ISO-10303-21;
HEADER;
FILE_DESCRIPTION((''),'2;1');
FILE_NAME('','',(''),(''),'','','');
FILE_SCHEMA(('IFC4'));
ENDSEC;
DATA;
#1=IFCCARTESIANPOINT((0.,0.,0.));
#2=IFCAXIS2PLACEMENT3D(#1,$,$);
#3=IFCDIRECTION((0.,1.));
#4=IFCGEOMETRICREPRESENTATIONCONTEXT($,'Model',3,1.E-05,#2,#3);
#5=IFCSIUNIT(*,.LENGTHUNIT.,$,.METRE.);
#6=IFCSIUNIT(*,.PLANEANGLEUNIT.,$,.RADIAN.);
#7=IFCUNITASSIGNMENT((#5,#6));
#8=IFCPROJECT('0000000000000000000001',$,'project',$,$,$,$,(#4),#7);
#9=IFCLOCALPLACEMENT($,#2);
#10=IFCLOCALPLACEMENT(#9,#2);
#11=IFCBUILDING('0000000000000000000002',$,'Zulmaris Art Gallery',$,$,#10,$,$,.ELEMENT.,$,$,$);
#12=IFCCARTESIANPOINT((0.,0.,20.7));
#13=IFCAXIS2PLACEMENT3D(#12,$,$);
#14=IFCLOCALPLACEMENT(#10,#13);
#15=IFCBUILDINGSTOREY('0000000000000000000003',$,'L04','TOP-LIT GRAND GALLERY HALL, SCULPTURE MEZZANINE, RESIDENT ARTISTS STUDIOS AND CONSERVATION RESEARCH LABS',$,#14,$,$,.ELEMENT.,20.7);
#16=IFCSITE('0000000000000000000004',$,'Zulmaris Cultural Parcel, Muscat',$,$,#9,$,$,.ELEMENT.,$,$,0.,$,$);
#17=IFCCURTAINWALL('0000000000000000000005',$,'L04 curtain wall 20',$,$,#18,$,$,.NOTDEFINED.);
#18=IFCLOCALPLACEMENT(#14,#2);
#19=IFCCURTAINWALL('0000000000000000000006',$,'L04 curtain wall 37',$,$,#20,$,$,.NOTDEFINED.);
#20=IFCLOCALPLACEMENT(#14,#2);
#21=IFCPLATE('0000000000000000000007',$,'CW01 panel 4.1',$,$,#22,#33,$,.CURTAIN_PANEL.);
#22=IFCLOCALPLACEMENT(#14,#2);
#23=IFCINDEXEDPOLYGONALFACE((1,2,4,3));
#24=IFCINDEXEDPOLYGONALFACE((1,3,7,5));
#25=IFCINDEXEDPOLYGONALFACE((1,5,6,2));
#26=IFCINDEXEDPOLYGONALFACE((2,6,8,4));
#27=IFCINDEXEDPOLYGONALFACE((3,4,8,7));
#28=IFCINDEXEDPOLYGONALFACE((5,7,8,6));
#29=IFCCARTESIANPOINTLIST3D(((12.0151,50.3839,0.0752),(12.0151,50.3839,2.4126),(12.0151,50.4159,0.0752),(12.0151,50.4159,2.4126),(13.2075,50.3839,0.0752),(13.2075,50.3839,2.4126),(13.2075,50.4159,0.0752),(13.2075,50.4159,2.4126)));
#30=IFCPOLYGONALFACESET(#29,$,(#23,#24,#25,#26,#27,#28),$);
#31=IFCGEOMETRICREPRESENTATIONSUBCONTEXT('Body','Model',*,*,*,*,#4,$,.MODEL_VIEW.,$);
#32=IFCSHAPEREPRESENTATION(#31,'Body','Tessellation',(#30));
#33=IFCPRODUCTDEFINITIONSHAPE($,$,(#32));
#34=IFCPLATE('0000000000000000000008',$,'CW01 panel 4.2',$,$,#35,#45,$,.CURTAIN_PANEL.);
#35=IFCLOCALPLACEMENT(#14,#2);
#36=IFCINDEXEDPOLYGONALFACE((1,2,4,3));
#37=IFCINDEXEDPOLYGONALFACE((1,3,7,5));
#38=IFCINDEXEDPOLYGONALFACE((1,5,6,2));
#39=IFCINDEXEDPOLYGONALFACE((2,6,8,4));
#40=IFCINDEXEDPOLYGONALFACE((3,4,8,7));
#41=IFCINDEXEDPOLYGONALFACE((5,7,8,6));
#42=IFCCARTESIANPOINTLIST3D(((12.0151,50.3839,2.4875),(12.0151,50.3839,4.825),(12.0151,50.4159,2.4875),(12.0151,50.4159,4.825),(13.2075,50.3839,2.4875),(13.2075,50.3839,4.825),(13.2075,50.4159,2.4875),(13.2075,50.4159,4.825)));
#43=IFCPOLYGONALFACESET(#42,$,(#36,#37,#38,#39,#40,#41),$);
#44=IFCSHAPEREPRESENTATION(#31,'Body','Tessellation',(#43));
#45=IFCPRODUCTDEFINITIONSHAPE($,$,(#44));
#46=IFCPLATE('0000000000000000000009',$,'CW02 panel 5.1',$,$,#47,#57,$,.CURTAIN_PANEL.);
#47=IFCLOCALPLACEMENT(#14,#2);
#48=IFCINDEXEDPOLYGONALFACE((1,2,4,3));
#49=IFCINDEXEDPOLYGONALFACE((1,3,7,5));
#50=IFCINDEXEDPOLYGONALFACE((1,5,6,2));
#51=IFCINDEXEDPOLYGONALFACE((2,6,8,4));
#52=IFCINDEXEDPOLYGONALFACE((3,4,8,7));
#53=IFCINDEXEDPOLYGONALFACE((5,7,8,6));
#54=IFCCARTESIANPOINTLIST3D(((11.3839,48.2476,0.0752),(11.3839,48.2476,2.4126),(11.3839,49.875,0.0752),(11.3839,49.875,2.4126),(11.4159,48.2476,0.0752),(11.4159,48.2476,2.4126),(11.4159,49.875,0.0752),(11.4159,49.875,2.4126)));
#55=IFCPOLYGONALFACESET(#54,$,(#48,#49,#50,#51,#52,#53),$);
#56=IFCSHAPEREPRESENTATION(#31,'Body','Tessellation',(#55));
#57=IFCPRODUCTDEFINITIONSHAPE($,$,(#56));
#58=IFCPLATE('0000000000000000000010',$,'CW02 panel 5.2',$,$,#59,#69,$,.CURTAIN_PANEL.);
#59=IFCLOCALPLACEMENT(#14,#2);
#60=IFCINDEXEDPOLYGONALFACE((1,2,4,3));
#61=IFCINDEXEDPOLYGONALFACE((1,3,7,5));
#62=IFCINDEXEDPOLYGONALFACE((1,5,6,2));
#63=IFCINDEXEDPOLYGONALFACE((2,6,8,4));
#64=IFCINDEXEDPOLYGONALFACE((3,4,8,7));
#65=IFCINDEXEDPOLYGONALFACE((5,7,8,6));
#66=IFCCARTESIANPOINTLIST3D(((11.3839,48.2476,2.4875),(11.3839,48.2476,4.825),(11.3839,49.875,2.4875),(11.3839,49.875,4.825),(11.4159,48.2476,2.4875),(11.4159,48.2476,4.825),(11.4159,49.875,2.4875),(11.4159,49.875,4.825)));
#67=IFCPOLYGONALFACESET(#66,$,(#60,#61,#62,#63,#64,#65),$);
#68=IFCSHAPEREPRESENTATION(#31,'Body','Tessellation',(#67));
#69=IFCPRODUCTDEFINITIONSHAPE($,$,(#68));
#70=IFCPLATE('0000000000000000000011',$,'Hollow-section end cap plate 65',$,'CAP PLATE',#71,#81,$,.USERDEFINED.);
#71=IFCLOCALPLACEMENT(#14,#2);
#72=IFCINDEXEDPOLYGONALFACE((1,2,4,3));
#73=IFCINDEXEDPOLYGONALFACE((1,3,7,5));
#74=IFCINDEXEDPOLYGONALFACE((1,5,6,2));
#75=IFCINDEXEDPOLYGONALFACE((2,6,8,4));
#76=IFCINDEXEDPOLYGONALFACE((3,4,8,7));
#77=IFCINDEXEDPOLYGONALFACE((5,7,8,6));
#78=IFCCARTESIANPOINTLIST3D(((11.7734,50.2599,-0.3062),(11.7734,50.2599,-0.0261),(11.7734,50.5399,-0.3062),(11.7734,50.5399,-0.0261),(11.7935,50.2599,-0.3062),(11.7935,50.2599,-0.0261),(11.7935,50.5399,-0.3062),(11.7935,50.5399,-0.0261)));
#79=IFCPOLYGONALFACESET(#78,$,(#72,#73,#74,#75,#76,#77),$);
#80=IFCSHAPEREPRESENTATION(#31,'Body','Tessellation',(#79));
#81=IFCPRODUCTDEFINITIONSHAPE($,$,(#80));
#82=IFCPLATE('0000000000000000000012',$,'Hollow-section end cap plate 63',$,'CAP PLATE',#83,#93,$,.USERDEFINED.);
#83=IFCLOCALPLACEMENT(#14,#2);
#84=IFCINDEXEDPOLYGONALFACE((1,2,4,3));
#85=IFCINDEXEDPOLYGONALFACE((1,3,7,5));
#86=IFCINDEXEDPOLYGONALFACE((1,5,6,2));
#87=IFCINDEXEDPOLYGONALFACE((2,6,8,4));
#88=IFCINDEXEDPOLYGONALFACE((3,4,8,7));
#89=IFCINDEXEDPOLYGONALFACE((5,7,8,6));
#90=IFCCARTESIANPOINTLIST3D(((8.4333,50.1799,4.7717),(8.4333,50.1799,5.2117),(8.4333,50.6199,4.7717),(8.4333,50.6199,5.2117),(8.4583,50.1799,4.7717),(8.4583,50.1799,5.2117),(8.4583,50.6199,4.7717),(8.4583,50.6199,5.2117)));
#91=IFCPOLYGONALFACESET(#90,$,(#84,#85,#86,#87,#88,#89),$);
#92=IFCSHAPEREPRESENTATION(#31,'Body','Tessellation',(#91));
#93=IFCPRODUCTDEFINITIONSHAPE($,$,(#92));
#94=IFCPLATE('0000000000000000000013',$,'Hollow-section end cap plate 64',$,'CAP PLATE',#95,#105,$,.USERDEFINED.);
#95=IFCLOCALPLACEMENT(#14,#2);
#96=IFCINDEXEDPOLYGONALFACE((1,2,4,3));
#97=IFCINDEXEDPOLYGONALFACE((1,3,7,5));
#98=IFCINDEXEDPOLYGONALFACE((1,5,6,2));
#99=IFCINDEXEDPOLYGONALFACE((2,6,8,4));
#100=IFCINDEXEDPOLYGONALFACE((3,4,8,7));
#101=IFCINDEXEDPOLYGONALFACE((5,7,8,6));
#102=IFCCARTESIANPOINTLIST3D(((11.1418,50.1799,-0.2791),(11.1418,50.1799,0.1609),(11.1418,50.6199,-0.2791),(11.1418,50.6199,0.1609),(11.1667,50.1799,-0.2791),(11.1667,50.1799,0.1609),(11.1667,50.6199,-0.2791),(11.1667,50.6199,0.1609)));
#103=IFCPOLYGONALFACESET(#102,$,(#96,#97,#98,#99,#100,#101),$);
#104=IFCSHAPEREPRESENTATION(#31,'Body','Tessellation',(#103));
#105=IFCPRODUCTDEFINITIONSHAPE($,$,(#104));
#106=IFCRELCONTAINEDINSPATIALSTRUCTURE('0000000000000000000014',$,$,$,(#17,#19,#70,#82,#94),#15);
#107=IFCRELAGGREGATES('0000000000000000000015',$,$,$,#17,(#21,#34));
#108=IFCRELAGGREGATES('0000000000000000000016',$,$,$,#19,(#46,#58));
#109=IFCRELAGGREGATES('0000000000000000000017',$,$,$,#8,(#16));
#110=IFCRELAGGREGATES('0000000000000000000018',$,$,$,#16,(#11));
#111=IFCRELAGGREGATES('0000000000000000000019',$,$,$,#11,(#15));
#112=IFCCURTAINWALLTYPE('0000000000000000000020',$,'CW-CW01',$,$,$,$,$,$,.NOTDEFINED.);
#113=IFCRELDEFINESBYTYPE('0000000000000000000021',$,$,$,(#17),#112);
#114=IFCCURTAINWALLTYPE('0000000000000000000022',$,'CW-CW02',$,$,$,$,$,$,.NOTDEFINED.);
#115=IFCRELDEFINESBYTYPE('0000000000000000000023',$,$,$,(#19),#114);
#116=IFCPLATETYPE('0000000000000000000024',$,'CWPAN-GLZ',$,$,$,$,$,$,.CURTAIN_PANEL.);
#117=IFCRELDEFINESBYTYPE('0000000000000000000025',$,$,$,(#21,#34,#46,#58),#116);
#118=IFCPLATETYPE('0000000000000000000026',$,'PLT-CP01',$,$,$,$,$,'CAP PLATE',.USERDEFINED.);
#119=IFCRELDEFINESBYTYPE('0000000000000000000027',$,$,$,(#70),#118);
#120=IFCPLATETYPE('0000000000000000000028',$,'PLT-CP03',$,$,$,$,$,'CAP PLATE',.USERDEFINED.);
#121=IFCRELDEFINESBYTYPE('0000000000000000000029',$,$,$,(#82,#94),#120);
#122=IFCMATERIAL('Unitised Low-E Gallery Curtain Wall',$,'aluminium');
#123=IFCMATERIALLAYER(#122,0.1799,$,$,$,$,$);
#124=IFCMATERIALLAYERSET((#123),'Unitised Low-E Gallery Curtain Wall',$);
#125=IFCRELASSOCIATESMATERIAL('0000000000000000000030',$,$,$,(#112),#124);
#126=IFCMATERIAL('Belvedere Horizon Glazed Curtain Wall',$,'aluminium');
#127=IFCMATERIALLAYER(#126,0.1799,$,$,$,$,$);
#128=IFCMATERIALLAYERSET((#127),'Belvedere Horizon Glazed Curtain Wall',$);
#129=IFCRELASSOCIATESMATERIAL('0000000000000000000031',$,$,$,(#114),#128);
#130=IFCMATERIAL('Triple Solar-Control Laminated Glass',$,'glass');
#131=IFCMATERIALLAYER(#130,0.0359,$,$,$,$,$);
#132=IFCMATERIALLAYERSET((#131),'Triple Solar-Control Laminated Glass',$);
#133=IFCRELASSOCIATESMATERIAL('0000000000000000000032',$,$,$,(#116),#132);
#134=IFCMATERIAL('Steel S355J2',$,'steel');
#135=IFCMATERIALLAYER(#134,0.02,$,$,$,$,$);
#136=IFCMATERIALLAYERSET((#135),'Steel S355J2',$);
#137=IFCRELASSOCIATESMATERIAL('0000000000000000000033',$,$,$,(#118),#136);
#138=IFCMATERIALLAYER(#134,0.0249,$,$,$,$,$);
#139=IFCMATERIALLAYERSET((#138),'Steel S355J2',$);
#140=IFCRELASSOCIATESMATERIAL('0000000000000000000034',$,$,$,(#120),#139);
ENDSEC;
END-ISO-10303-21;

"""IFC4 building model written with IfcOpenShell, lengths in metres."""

from ifc_helpers import new_model, si_unit, direction, frame, origin, origin_2d, place, context, subcontext, project, spatial, rectangle, extrude, material, layer, layer_set, type_object, element, aggregate, save


model = new_model("IFC4")

# Units and contexts
model_context = context("Model", 3, precision=1e-05, world=origin(), true_north=direction((0.0, 1.0)))
body_context = subcontext(model_context, "Body", "Model", "MODEL_VIEW")
ifc_project = project(units=[si_unit("LENGTHUNIT", "METRE"), si_unit("PLANEANGLEUNIT", "RADIAN")], contexts=[model_context])

# Site, building, storey
site_placement = place(None, origin())
site = spatial("IfcSite", under=ifc_project, at=site_placement, Name="Zulmaris Cultural Parcel, Muscat", CompositionType="ELEMENT", RefElevation=0.0)
building_placement = place(site_placement, origin())
building = spatial("IfcBuilding", under=site, at=building_placement, Name="Zulmaris Art Gallery", CompositionType="ELEMENT")
storey_placement = place(building_placement, frame((0.0, 0.0, 20.7)))
storey = spatial("IfcBuildingStorey", under=building, at=storey_placement, Name="L04", Description="TOP-LIT GRAND GALLERY HALL, SCULPTURE MEZZANINE, RESIDENT ARTISTS STUDIOS AND CONSERVATION RESEARCH LABS", CompositionType="ELEMENT", Elevation=20.7)

# Curtain wall
ifc_material_1 = material(Name="Unitised Low-E Gallery Curtain Wall", Category="aluminium")
ifc_layer_1 = layer(ifc_material_1, 0.1799)
ifc_layer_set_1 = layer_set([ifc_layer_1], Name="Unitised Low-E Gallery Curtain Wall")
curtain_wall_type_1 = type_object("IfcCurtainWallType", Name="CW-CW01", PredefinedType="NOTDEFINED", material=ifc_layer_set_1)
curtain_wall_1_placement = place(storey_placement, origin())
curtain_wall_1 = element("IfcCurtainWall", 1, at=curtain_wall_1_placement, inside=storey, type_object=curtain_wall_type_1, Name="L04 curtain wall 20", PredefinedType="NOTDEFINED")

# Curtain wall
ifc_material_2 = material(Name="Belvedere Horizon Glazed Curtain Wall", Category="aluminium")
ifc_layer_2 = layer(ifc_material_2, 0.1799)
ifc_layer_set_2 = layer_set([ifc_layer_2], Name="Belvedere Horizon Glazed Curtain Wall")
curtain_wall_type_2 = type_object("IfcCurtainWallType", Name="CW-CW02", PredefinedType="NOTDEFINED", material=ifc_layer_set_2)
curtain_wall_2_placement = place(storey_placement, origin())
curtain_wall_2 = element("IfcCurtainWall", 2, at=curtain_wall_2_placement, inside=storey, type_object=curtain_wall_type_2, Name="L04 curtain wall 37", PredefinedType="NOTDEFINED")

# Shared definitions
ifc_material_3 = material(Name="Steel S355J2", Category="steel")

# Plates
ifc_material_4 = material(Name="Triple Solar-Control Laminated Glass", Category="glass")
ifc_layer_3 = layer(ifc_material_4, 0.0359)
ifc_layer_set_3 = layer_set([ifc_layer_3], Name="Triple Solar-Control Laminated Glass")
plate_type_1 = type_object("IfcPlateType", Name="CWPAN-GLZ", PredefinedType="CURTAIN_PANEL", material=ifc_layer_set_3)
plate_1_placement = place(storey_placement, frame((12.6113, 50.3999, 0.0752), z_axis=(0.0, 0.0, 1.0), x_axis=(-1.0, 0.0, 0.0)))
plate_1 = element("IfcPlate", 3, at=plate_1_placement, type_object=plate_type_1, Name="CW01 panel 4.1", PredefinedType="CURTAIN_PANEL", context=body_context, shape_type="SweptSolid", body=[
    extrude(rectangle(XDim=1.1924, YDim=0.032, at=origin_2d()), origin(), (0.0, 0.0, 1.0), 2.3374),
])
plate_2_placement = place(storey_placement, frame((12.6113, 50.3999, 2.4875), z_axis=(0.0, 0.0, 1.0), x_axis=(-1.0, 0.0, 0.0)))
plate_2 = element("IfcPlate", 4, at=plate_2_placement, type_object=plate_type_1, Name="CW01 panel 4.2", PredefinedType="CURTAIN_PANEL", context=body_context, shape_type="SweptSolid", body=[
    extrude(rectangle(XDim=1.1924, YDim=0.032, at=origin_2d()), origin(), (0.0, 0.0, 1.0), 2.3374),
])
aggregate(curtain_wall_1, [plate_1, plate_2])
plate_3_placement = place(storey_placement, frame((11.3999, 49.0613, 0.0752), z_axis=(0.0, 0.0, 1.0), x_axis=(0.0, 1.0, 0.0)))
plate_3 = element("IfcPlate", 5, at=plate_3_placement, type_object=plate_type_1, Name="CW02 panel 5.1", PredefinedType="CURTAIN_PANEL", context=body_context, shape_type="SweptSolid", body=[
    extrude(rectangle(XDim=1.6274, YDim=0.032, at=origin_2d()), origin(), (0.0, 0.0, 1.0), 2.3374),
])
plate_4_placement = place(storey_placement, frame((11.3999, 49.0613, 2.4875), z_axis=(0.0, 0.0, 1.0), x_axis=(0.0, 1.0, 0.0)))
plate_4 = element("IfcPlate", 6, at=plate_4_placement, type_object=plate_type_1, Name="CW02 panel 5.2", PredefinedType="CURTAIN_PANEL", context=body_context, shape_type="SweptSolid", body=[
    extrude(rectangle(XDim=1.6274, YDim=0.032, at=origin_2d()), origin(), (0.0, 0.0, 1.0), 2.3374),
])
aggregate(curtain_wall_2, [plate_3, plate_4])

# Plates
ifc_layer_4 = layer(ifc_material_3, 0.02)
ifc_layer_set_4 = layer_set([ifc_layer_4], Name="Steel S355J2")
plate_type_2 = type_object("IfcPlateType", Name="PLT-CP01", ElementType="CAP PLATE", PredefinedType="USERDEFINED", material=ifc_layer_set_4)
plate_5_placement = place(storey_placement, frame((11.7834, 50.3999, -0.3062), z_axis=(0.0, 0.0, 1.0), x_axis=(1.0, 0.0, 0.0)))
element("IfcPlate", 7, at=plate_5_placement, inside=storey, type_object=plate_type_2, Name="Hollow-section end cap plate 65", ObjectType="CAP PLATE", PredefinedType="USERDEFINED", context=body_context, shape_type="SweptSolid", body=[
    extrude(rectangle(XDim=0.02, YDim=0.28, at=origin_2d()), origin(), (0.0, 0.0, 1.0), 0.28),
])
ifc_layer_5 = layer(ifc_material_3, 0.0249)
ifc_layer_set_5 = layer_set([ifc_layer_5], Name="Steel S355J2")
plate_type_3 = type_object("IfcPlateType", Name="PLT-CP03", ElementType="CAP PLATE", PredefinedType="USERDEFINED", material=ifc_layer_set_5)
for number, where, z_axis, x_axis, name in (
    (8, (8.4458, 50.3999, 4.7717), (0.0, 0.0, 1.0), (1.0, 0.0, 0.0), "Hollow-section end cap plate 63"),
    (9, (11.1543, 50.3999, -0.2791), (0.0, 0.0, 1.0), (1.0, 0.0, 0.0), "Hollow-section end cap plate 64"),
):
    element("IfcPlate", number, at=place(storey_placement, frame(where, z_axis=z_axis, x_axis=x_axis)), inside=storey, type_object=plate_type_3, Name=name, ObjectType="CAP PLATE", PredefinedType="USERDEFINED", context=body_context, shape_type="SweptSolid", body=[
        extrude(rectangle(XDim=0.0249, YDim=0.4399, at=origin_2d()), origin(), (0.0, 0.0, 1.0), 0.4399),
    ])

save(model, "model.ifc")
